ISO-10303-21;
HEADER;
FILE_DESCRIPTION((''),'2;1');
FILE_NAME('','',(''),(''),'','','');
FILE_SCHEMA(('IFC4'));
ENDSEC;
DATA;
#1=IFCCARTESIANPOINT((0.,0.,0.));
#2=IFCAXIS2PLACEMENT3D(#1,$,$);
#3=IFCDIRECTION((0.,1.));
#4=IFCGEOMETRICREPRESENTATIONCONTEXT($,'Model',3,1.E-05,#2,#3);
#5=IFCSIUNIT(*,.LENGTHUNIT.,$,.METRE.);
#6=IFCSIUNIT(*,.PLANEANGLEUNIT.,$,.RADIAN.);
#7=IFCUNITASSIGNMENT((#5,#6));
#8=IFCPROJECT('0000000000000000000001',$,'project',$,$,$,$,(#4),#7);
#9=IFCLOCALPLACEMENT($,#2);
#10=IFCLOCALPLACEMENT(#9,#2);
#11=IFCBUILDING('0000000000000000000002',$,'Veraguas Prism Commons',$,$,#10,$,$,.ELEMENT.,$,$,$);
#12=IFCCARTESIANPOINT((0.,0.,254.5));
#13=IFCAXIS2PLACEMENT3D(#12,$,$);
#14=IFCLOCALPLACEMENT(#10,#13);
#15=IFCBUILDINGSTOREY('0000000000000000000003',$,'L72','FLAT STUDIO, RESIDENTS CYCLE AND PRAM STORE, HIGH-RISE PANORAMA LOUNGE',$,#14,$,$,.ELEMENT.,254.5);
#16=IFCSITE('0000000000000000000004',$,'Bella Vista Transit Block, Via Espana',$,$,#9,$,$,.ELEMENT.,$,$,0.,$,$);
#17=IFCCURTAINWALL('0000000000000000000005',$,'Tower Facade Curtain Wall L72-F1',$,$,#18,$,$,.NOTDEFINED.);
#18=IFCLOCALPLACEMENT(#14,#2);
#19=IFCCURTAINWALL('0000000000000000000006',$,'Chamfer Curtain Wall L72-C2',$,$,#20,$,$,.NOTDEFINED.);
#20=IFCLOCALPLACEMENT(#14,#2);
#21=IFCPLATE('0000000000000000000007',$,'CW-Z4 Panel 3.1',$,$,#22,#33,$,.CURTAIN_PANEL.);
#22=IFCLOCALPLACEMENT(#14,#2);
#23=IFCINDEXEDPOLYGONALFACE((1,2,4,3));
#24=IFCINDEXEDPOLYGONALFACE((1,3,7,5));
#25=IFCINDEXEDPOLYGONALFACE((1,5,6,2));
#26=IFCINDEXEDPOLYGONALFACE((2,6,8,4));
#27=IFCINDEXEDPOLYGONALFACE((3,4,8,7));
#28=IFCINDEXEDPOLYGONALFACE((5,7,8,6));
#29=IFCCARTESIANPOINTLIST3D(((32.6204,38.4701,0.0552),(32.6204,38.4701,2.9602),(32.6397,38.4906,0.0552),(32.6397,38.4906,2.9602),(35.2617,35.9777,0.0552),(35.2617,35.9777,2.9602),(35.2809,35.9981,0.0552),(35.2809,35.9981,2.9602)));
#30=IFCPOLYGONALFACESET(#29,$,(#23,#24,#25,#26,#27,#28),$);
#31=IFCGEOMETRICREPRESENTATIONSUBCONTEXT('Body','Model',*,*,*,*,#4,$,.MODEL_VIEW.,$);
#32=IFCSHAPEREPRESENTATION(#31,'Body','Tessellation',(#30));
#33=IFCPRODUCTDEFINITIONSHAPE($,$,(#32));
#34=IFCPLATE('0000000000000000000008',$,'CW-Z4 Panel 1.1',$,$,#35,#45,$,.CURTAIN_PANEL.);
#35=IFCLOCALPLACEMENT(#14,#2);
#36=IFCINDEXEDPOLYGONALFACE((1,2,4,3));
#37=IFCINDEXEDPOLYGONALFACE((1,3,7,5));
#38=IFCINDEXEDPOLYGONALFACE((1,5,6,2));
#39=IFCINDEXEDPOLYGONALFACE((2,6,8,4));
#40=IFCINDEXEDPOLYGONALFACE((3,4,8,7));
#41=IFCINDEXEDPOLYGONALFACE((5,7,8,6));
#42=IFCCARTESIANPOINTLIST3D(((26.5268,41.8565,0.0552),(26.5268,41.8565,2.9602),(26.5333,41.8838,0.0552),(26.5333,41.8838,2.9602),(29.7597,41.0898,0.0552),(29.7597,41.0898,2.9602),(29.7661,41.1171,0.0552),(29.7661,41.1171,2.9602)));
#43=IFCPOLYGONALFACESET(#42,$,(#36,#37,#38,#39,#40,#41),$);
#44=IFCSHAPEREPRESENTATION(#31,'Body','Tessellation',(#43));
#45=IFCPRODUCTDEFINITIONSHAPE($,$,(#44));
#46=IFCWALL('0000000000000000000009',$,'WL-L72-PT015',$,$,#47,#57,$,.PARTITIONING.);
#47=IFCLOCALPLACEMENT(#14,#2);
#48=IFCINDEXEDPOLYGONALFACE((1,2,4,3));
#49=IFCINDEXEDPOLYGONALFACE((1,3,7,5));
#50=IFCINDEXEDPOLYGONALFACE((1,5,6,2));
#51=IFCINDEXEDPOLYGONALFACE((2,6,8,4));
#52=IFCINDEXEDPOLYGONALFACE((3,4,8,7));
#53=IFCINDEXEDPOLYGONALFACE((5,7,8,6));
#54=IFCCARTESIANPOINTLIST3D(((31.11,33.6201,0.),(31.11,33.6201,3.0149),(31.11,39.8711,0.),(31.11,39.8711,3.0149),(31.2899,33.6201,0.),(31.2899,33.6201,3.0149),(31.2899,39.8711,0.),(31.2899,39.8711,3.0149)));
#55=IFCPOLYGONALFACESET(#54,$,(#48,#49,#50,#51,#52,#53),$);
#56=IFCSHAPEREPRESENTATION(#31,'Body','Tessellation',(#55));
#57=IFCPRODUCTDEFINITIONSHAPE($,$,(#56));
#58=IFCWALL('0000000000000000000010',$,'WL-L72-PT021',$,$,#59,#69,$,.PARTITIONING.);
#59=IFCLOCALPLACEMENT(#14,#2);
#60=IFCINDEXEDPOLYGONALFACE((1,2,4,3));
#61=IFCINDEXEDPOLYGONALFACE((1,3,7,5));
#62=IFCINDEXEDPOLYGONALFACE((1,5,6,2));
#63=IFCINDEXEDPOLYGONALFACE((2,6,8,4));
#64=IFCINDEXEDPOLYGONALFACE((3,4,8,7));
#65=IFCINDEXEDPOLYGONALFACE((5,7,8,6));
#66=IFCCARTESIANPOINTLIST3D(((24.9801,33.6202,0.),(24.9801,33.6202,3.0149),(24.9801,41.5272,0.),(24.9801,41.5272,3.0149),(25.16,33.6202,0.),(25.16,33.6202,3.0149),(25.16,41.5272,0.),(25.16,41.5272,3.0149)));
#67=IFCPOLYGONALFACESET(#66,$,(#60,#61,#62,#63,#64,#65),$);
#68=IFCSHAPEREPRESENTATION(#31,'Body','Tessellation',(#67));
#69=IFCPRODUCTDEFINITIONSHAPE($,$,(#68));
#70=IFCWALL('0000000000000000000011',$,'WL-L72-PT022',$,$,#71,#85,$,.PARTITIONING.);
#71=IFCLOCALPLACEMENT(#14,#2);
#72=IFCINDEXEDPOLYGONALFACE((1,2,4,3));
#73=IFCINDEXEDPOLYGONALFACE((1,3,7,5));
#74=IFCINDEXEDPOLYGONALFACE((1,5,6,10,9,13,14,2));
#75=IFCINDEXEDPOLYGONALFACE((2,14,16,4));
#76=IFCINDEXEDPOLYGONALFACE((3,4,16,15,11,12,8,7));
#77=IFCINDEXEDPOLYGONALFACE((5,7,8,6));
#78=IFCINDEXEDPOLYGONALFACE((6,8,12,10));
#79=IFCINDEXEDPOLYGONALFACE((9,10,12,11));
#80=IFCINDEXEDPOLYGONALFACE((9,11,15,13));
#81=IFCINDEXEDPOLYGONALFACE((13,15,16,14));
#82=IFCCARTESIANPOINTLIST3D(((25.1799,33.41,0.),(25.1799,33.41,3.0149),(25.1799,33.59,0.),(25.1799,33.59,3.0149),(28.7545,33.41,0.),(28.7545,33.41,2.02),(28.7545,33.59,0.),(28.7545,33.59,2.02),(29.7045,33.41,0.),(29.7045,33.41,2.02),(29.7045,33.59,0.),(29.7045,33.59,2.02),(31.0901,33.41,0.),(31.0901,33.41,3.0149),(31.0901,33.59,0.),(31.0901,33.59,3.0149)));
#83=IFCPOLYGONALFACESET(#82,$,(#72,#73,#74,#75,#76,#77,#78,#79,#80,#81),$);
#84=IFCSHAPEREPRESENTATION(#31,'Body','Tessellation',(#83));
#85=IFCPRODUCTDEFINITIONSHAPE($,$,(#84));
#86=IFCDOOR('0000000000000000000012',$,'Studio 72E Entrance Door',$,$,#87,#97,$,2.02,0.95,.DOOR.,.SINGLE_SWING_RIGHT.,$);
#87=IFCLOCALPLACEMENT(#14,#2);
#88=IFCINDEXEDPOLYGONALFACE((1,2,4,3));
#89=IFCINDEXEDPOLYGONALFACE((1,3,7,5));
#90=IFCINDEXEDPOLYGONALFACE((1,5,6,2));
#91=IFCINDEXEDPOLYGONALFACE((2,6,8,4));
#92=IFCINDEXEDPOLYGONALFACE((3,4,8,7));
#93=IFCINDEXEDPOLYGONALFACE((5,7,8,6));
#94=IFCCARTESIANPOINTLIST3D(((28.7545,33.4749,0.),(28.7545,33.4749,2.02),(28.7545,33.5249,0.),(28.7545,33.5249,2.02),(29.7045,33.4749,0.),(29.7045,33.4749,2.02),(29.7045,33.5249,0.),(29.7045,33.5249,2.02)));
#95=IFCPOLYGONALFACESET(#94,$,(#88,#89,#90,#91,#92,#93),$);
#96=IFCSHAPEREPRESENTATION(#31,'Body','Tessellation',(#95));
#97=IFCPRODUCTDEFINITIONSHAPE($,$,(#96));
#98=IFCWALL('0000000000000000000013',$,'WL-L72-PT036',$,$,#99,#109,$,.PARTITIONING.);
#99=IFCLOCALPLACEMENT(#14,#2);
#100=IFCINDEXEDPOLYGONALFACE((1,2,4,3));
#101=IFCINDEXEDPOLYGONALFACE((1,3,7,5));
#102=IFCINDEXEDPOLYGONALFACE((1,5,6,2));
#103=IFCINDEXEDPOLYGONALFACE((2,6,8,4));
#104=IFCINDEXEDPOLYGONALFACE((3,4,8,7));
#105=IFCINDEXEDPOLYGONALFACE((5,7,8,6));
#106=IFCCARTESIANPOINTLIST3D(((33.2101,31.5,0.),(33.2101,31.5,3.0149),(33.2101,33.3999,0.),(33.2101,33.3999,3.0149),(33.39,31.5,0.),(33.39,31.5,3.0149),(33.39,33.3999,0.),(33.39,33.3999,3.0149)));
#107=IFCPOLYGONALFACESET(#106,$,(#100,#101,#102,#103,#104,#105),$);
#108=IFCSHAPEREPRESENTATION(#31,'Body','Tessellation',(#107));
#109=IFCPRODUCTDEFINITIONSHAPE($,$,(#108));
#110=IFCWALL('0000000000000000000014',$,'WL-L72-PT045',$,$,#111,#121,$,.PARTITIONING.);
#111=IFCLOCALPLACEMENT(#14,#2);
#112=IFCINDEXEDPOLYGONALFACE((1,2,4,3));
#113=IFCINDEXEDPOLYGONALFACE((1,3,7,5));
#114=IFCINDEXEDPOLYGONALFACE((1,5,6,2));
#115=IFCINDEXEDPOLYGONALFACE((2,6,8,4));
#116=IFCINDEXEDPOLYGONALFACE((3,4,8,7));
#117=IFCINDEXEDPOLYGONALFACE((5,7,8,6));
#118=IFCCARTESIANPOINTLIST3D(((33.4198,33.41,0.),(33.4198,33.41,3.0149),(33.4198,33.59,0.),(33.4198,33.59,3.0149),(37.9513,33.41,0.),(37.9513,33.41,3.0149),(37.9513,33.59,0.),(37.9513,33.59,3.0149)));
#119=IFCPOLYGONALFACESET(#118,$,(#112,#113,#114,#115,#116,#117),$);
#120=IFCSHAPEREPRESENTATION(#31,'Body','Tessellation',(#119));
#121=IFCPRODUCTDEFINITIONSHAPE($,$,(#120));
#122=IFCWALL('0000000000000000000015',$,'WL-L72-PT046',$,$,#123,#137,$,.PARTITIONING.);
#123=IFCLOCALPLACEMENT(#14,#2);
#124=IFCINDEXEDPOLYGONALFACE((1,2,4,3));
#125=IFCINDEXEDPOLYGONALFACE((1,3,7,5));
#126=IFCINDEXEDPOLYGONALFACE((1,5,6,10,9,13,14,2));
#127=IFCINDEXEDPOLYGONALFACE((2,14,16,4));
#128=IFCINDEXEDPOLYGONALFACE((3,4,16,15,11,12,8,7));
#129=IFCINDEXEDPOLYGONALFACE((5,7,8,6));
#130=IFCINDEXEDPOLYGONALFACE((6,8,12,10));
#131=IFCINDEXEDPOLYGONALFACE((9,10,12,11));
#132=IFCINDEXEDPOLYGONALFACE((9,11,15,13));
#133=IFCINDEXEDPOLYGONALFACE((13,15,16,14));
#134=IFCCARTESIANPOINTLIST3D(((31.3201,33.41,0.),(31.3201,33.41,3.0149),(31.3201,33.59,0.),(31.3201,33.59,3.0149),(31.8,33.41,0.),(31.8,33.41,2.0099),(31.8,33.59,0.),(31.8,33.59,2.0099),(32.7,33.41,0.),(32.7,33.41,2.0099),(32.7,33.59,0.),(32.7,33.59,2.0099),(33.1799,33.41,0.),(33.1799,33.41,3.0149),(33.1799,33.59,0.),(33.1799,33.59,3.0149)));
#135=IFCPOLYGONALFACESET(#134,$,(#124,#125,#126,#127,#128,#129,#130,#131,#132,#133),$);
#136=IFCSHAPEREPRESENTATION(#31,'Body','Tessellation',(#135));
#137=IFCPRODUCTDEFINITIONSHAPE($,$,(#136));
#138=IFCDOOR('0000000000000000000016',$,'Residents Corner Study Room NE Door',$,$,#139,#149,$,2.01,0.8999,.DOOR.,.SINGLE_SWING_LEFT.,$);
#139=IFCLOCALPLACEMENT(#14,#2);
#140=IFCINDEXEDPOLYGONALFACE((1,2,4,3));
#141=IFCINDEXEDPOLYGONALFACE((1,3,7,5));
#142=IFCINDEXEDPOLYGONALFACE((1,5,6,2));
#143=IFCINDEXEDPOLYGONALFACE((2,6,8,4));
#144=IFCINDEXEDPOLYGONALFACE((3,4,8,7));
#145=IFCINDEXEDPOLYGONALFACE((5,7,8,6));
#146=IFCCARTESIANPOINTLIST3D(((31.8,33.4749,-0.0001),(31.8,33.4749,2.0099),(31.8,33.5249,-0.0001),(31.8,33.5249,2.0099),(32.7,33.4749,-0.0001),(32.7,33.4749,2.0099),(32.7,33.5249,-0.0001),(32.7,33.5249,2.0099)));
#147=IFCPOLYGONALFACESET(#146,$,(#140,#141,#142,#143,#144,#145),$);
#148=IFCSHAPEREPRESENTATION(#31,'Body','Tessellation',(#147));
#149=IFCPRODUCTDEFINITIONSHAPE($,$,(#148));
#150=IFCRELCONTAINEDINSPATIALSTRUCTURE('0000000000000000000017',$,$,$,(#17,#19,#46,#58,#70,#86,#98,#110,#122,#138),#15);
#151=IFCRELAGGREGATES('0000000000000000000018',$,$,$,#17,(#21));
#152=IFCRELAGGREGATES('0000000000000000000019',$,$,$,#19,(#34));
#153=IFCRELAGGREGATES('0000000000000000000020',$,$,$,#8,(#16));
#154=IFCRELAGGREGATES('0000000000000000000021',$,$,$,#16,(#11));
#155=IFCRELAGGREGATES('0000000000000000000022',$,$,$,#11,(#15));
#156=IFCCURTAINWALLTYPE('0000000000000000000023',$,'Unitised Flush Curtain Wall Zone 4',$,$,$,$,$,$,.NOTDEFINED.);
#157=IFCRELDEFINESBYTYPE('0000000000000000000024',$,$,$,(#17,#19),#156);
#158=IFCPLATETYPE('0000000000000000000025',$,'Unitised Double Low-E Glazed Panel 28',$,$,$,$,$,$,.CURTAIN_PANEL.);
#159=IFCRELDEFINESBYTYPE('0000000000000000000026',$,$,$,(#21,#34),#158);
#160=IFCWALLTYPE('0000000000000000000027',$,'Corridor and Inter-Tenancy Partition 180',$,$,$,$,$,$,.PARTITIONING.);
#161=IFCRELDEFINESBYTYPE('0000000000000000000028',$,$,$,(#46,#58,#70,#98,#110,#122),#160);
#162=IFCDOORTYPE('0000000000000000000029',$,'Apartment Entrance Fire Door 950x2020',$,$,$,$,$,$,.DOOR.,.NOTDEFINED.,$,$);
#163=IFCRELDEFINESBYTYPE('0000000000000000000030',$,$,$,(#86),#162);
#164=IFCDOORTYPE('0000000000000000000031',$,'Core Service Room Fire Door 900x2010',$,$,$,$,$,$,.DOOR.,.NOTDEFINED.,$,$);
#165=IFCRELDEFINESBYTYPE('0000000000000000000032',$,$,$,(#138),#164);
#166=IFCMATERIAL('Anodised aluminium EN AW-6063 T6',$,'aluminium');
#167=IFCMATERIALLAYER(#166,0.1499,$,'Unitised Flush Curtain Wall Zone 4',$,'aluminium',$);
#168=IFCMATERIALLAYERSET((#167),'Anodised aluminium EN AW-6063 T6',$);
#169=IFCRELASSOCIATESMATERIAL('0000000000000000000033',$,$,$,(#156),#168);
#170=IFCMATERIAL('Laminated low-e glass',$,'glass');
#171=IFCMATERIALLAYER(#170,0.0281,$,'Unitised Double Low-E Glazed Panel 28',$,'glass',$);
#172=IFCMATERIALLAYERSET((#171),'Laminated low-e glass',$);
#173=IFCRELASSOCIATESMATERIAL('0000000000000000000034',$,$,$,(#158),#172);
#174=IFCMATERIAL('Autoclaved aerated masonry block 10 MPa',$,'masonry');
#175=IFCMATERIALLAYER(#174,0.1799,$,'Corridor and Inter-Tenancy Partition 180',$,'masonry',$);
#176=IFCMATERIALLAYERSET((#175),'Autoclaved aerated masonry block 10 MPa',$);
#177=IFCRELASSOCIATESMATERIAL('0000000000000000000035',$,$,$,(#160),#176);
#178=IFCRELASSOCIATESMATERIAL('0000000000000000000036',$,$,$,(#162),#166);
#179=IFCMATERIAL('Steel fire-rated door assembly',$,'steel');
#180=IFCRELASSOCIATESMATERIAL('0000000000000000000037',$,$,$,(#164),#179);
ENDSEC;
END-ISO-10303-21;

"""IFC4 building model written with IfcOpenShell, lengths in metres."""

from ifc_helpers import new_model, si_unit, direction, frame, frame_2d, origin, origin_2d, place, context, subcontext, project, spatial, rectangle, extrude, source, transform, mapped, material, layer, layer_set, type_object, element, fill, aggregate, save


model = new_model("IFC4")

# Units and contexts
model_context = context("Model", 3, precision=1e-05, world=origin(), true_north=direction((0.0, 1.0)))
body_context = subcontext(model_context, "Body", "Model", "MODEL_VIEW")
ifc_project = project(units=[si_unit("LENGTHUNIT", "METRE"), si_unit("PLANEANGLEUNIT", "RADIAN")], contexts=[model_context])

# Site, building, storey
site_placement = place(None, origin())
site = spatial("IfcSite", under=ifc_project, at=site_placement, Name="Bella Vista Transit Block, Via Espana", CompositionType="ELEMENT", RefElevation=0.0)
building_placement = place(site_placement, origin())
building = spatial("IfcBuilding", under=site, at=building_placement, Name="Veraguas Prism Commons", CompositionType="ELEMENT")
storey_placement = place(building_placement, frame((0.0, 0.0, 254.5)))
storey = spatial("IfcBuildingStorey", under=building, at=storey_placement, Name="L72", Description="FLAT STUDIO, RESIDENTS CYCLE AND PRAM STORE, HIGH-RISE PANORAMA LOUNGE", CompositionType="ELEMENT", Elevation=254.5)

# Curtain wall
ifc_material_1 = material(Name="Anodised aluminium EN AW-6063 T6", Category="aluminium")
ifc_layer_1 = layer(ifc_material_1, 0.1499, Name="Unitised Flush Curtain Wall Zone 4", Category="aluminium")
ifc_layer_set_1 = layer_set([ifc_layer_1], Name="Anodised aluminium EN AW-6063 T6")
curtain_wall_type = type_object("IfcCurtainWallType", Name="Unitised Flush Curtain Wall Zone 4", PredefinedType="NOTDEFINED", material=ifc_layer_set_1)
curtain_wall_1_placement = place(storey_placement, origin())
curtain_wall_1 = element("IfcCurtainWall", 1, at=curtain_wall_1_placement, inside=storey, type_object=curtain_wall_type, Name="Tower Facade Curtain Wall L72-F1", PredefinedType="NOTDEFINED")

# Curtain wall
curtain_wall_2_placement = place(storey_placement, origin())
curtain_wall_2 = element("IfcCurtainWall", 2, at=curtain_wall_2_placement, inside=storey, type_object=curtain_wall_type, Name="Chamfer Curtain Wall L72-C2", PredefinedType="NOTDEFINED")

# Plates
ifc_material_2 = material(Name="Laminated low-e glass", Category="glass")
ifc_layer_2 = layer(ifc_material_2, 0.0281, Name="Unitised Double Low-E Glazed Panel 28", Category="glass")
ifc_layer_set_2 = layer_set([ifc_layer_2], Name="Laminated low-e glass")
plate_type = type_object("IfcPlateType", Name="Unitised Double Low-E Glazed Panel 28", PredefinedType="CURTAIN_PANEL", material=ifc_layer_set_2)
shared_shape_1 = source(origin(), body_context, "Body", "SweptSolid", [
    extrude(rectangle(XDim=3.6316, YDim=0.0281, at=origin_2d()), origin(), (0.0, 0.0, 1.0), 2.905),
])
plate_1_placement = place(storey_placement, frame((33.9507, 37.2341, 0.0552), z_axis=(0.0, 0.0, 1.0), x_axis=(-0.727296, 0.686324, 0.0)))
plate_1 = element("IfcPlate", 3, at=plate_1_placement, type_object=plate_type, Name="CW-Z4 Panel 3.1", PredefinedType="CURTAIN_PANEL", context=body_context, shape_type="MappedRepresentation", body=[
    mapped(shared_shape_1, transform((0.0, 0.0, 0.0), scale=1.0)),
])
aggregate(curtain_wall_1, [plate_1])
shared_shape_2 = source(origin(), body_context, "Body", "SweptSolid", [
    extrude(rectangle(XDim=3.3225, YDim=0.0281, at=origin_2d()), origin(), (0.0, 0.0, 1.0), 2.905),
])
plate_2_placement = place(storey_placement, frame((28.1465, 41.4868, 0.0552), z_axis=(0.0, 0.0, 1.0), x_axis=(-0.97301, 0.230761, 0.0)))
plate_2 = element("IfcPlate", 4, at=plate_2_placement, type_object=plate_type, Name="CW-Z4 Panel 1.1", PredefinedType="CURTAIN_PANEL", context=body_context, shape_type="MappedRepresentation", body=[
    mapped(shared_shape_2, transform((0.0, 0.0, 0.0), scale=1.0)),
])
aggregate(curtain_wall_2, [plate_2])

# Walls
ifc_material_3 = material(Name="Autoclaved aerated masonry block 10 MPa", Category="masonry")
ifc_layer_3 = layer(ifc_material_3, 0.1799, Name="Corridor and Inter-Tenancy Partition 180", Category="masonry")
ifc_layer_set_3 = layer_set([ifc_layer_3], Name="Autoclaved aerated masonry block 10 MPa")
wall_type_1 = type_object("IfcWallType", Name="Corridor and Inter-Tenancy Partition 180", PredefinedType="PARTITIONING", material=ifc_layer_set_3)
wall_1_placement = place(storey_placement, frame((31.2, 33.6201, 0.0), z_axis=(0.0, 0.0, 1.0), x_axis=(0.0, 1.0, 0.0)))
element("IfcWall", 5, at=wall_1_placement, inside=storey, type_object=wall_type_1, Name="WL-L72-PT015", PredefinedType="PARTITIONING", context=body_context, shape_type="SweptSolid", body=[
    extrude(rectangle(XDim=6.251, YDim=0.1799, at=frame_2d((3.1255, 0.0))), origin(), (0.0, 0.0, 1.0), 3.0149),
])
wall_2_placement = place(storey_placement, frame((25.0701, 33.6201, 0.0), z_axis=(0.0, 0.0, 1.0), x_axis=(0.0, 1.0, 0.0)))
element("IfcWall", 6, at=wall_2_placement, inside=storey, type_object=wall_type_1, Name="WL-L72-PT021", PredefinedType="PARTITIONING", context=body_context, shape_type="SweptSolid", body=[
    extrude(rectangle(XDim=7.907, YDim=0.1799, at=frame_2d((3.9536, 0.0))), origin(), (0.0, 0.0, 1.0), 3.0149),
])

# Wall, opening, door
wall_3_placement = place(storey_placement, frame((25.1799, 33.5, 0.0), z_axis=(0.0, 0.0, 1.0), x_axis=(1.0, 0.0, 0.0)))
wall_3 = element("IfcWall", 7, at=wall_3_placement, inside=storey, type_object=wall_type_1, Name="WL-L72-PT022", PredefinedType="PARTITIONING", context=body_context, shape_type="SweptSolid", body=[
    extrude(rectangle(XDim=5.9102, YDim=0.1799, at=frame_2d((2.9551, 0.0))), origin(), (0.0, 0.0, 1.0), 3.0149),
])
opening_1_placement = place(wall_3_placement, frame((3.5745, 0.0, 0.0)))
opening_1 = element("IfcOpeningElement", 8, at=opening_1_placement, cuts=wall_3, PredefinedType="OPENING", context=body_context, shape_type="SweptSolid", body=[
    extrude(rectangle(XDim=0.95, YDim=2.02, at=frame_2d((0.4751, 1.01))), frame((0.0, 0.0999, 0.0), z_axis=(0.0, -1.0, 0.0), x_axis=(1.0, 0.0, 0.0)), (0.0, 0.0, 1.0), 0.2),
])
door_type_1 = type_object("IfcDoorType", Name="Apartment Entrance Fire Door 950x2020", OperationType="NOTDEFINED", PredefinedType="DOOR", material=ifc_material_1)
shared_shape_3 = source(origin(), body_context, "Body", "SweptSolid", [
    extrude(rectangle(XDim=0.95, YDim=2.02, at=frame_2d((0.4751, 1.01))), frame((0.0, 0.0249, 0.0), z_axis=(0.0, -1.0, 0.0), x_axis=(1.0, 0.0, 0.0)), (0.0, 0.0, 1.0), 0.05),
])
door_1_placement = place(opening_1_placement, origin())
door_1 = element("IfcDoor", 9, at=door_1_placement, inside=storey, type_object=door_type_1, Name="Studio 72E Entrance Door", OperationType="SINGLE_SWING_RIGHT", OverallHeight=2.02, OverallWidth=0.95, PredefinedType="DOOR", context=body_context, shape_type="MappedRepresentation", body=[
    mapped(shared_shape_3, transform((0.0, 0.0, 0.0), scale=1.0)),
])
fill(opening_1, door_1)

# Walls
wall_4_placement = place(storey_placement, frame((33.3, 31.5, 0.0), z_axis=(0.0, 0.0, 1.0), x_axis=(0.0, 1.0, 0.0)))
element("IfcWall", 10, at=wall_4_placement, inside=storey, type_object=wall_type_1, Name="WL-L72-PT036", PredefinedType="PARTITIONING", context=body_context, shape_type="SweptSolid", body=[
    extrude(rectangle(XDim=1.8999, YDim=0.1799, at=frame_2d((0.95, 0.0))), origin(), (0.0, 0.0, 1.0), 3.0149),
])
wall_5_placement = place(storey_placement, frame((33.4199, 33.5, 0.0), z_axis=(0.0, 0.0, 1.0), x_axis=(1.0, 0.0, 0.0)))
element("IfcWall", 11, at=wall_5_placement, inside=storey, type_object=wall_type_1, Name="WL-L72-PT045", PredefinedType="PARTITIONING", context=body_context, shape_type="SweptSolid", body=[
    extrude(rectangle(XDim=4.5315, YDim=0.1799, at=frame_2d((2.2656, 0.0))), origin(), (0.0, 0.0, 1.0), 3.0149),
])

# Wall, opening, door
wall_6_placement = place(storey_placement, frame((31.3201, 33.5, 0.0), z_axis=(0.0, 0.0, 1.0), x_axis=(1.0, 0.0, 0.0)))
wall_6 = element("IfcWall", 12, at=wall_6_placement, inside=storey, type_object=wall_type_1, Name="WL-L72-PT046", PredefinedType="PARTITIONING", context=body_context, shape_type="SweptSolid", body=[
    extrude(rectangle(XDim=1.8599, YDim=0.1799, at=frame_2d((0.9299, 0.0))), origin(), (0.0, 0.0, 1.0), 3.0149),
])
opening_2_placement = place(wall_6_placement, frame((0.48, 0.0, 0.0)))
opening_2 = element("IfcOpeningElement", 13, at=opening_2_placement, cuts=wall_6, PredefinedType="OPENING", context=body_context, shape_type="SweptSolid", body=[
    extrude(rectangle(XDim=0.8999, YDim=2.01, at=frame_2d((0.45, 1.0049))), frame((0.0, 0.0999, 0.0), z_axis=(0.0, -1.0, 0.0), x_axis=(1.0, 0.0, 0.0)), (0.0, 0.0, 1.0), 0.2),
])
ifc_material_4 = material(Name="Steel fire-rated door assembly", Category="steel")
door_type_2 = type_object("IfcDoorType", Name="Core Service Room Fire Door 900x2010", OperationType="NOTDEFINED", PredefinedType="DOOR", material=ifc_material_4)
shared_shape_4 = source(origin(), body_context, "Body", "SweptSolid", [
    extrude(rectangle(XDim=0.8999, YDim=2.01, at=frame_2d((0.45, 1.0049))), frame((0.0, 0.0249, 0.0), z_axis=(0.0, -1.0, 0.0), x_axis=(1.0, 0.0, 0.0)), (0.0, 0.0, 1.0), 0.05),
])
door_2_placement = place(opening_2_placement, origin())
door_2 = element("IfcDoor", 14, at=door_2_placement, inside=storey, type_object=door_type_2, Name="Residents Corner Study Room NE Door", OperationType="SINGLE_SWING_LEFT", OverallHeight=2.01, OverallWidth=0.8999, PredefinedType="DOOR", context=body_context, shape_type="MappedRepresentation", body=[
    mapped(shared_shape_4, transform((0.0, 0.0, 0.0), scale=1.0)),
])
fill(opening_2, door_2)

save(model, "model.ifc")
